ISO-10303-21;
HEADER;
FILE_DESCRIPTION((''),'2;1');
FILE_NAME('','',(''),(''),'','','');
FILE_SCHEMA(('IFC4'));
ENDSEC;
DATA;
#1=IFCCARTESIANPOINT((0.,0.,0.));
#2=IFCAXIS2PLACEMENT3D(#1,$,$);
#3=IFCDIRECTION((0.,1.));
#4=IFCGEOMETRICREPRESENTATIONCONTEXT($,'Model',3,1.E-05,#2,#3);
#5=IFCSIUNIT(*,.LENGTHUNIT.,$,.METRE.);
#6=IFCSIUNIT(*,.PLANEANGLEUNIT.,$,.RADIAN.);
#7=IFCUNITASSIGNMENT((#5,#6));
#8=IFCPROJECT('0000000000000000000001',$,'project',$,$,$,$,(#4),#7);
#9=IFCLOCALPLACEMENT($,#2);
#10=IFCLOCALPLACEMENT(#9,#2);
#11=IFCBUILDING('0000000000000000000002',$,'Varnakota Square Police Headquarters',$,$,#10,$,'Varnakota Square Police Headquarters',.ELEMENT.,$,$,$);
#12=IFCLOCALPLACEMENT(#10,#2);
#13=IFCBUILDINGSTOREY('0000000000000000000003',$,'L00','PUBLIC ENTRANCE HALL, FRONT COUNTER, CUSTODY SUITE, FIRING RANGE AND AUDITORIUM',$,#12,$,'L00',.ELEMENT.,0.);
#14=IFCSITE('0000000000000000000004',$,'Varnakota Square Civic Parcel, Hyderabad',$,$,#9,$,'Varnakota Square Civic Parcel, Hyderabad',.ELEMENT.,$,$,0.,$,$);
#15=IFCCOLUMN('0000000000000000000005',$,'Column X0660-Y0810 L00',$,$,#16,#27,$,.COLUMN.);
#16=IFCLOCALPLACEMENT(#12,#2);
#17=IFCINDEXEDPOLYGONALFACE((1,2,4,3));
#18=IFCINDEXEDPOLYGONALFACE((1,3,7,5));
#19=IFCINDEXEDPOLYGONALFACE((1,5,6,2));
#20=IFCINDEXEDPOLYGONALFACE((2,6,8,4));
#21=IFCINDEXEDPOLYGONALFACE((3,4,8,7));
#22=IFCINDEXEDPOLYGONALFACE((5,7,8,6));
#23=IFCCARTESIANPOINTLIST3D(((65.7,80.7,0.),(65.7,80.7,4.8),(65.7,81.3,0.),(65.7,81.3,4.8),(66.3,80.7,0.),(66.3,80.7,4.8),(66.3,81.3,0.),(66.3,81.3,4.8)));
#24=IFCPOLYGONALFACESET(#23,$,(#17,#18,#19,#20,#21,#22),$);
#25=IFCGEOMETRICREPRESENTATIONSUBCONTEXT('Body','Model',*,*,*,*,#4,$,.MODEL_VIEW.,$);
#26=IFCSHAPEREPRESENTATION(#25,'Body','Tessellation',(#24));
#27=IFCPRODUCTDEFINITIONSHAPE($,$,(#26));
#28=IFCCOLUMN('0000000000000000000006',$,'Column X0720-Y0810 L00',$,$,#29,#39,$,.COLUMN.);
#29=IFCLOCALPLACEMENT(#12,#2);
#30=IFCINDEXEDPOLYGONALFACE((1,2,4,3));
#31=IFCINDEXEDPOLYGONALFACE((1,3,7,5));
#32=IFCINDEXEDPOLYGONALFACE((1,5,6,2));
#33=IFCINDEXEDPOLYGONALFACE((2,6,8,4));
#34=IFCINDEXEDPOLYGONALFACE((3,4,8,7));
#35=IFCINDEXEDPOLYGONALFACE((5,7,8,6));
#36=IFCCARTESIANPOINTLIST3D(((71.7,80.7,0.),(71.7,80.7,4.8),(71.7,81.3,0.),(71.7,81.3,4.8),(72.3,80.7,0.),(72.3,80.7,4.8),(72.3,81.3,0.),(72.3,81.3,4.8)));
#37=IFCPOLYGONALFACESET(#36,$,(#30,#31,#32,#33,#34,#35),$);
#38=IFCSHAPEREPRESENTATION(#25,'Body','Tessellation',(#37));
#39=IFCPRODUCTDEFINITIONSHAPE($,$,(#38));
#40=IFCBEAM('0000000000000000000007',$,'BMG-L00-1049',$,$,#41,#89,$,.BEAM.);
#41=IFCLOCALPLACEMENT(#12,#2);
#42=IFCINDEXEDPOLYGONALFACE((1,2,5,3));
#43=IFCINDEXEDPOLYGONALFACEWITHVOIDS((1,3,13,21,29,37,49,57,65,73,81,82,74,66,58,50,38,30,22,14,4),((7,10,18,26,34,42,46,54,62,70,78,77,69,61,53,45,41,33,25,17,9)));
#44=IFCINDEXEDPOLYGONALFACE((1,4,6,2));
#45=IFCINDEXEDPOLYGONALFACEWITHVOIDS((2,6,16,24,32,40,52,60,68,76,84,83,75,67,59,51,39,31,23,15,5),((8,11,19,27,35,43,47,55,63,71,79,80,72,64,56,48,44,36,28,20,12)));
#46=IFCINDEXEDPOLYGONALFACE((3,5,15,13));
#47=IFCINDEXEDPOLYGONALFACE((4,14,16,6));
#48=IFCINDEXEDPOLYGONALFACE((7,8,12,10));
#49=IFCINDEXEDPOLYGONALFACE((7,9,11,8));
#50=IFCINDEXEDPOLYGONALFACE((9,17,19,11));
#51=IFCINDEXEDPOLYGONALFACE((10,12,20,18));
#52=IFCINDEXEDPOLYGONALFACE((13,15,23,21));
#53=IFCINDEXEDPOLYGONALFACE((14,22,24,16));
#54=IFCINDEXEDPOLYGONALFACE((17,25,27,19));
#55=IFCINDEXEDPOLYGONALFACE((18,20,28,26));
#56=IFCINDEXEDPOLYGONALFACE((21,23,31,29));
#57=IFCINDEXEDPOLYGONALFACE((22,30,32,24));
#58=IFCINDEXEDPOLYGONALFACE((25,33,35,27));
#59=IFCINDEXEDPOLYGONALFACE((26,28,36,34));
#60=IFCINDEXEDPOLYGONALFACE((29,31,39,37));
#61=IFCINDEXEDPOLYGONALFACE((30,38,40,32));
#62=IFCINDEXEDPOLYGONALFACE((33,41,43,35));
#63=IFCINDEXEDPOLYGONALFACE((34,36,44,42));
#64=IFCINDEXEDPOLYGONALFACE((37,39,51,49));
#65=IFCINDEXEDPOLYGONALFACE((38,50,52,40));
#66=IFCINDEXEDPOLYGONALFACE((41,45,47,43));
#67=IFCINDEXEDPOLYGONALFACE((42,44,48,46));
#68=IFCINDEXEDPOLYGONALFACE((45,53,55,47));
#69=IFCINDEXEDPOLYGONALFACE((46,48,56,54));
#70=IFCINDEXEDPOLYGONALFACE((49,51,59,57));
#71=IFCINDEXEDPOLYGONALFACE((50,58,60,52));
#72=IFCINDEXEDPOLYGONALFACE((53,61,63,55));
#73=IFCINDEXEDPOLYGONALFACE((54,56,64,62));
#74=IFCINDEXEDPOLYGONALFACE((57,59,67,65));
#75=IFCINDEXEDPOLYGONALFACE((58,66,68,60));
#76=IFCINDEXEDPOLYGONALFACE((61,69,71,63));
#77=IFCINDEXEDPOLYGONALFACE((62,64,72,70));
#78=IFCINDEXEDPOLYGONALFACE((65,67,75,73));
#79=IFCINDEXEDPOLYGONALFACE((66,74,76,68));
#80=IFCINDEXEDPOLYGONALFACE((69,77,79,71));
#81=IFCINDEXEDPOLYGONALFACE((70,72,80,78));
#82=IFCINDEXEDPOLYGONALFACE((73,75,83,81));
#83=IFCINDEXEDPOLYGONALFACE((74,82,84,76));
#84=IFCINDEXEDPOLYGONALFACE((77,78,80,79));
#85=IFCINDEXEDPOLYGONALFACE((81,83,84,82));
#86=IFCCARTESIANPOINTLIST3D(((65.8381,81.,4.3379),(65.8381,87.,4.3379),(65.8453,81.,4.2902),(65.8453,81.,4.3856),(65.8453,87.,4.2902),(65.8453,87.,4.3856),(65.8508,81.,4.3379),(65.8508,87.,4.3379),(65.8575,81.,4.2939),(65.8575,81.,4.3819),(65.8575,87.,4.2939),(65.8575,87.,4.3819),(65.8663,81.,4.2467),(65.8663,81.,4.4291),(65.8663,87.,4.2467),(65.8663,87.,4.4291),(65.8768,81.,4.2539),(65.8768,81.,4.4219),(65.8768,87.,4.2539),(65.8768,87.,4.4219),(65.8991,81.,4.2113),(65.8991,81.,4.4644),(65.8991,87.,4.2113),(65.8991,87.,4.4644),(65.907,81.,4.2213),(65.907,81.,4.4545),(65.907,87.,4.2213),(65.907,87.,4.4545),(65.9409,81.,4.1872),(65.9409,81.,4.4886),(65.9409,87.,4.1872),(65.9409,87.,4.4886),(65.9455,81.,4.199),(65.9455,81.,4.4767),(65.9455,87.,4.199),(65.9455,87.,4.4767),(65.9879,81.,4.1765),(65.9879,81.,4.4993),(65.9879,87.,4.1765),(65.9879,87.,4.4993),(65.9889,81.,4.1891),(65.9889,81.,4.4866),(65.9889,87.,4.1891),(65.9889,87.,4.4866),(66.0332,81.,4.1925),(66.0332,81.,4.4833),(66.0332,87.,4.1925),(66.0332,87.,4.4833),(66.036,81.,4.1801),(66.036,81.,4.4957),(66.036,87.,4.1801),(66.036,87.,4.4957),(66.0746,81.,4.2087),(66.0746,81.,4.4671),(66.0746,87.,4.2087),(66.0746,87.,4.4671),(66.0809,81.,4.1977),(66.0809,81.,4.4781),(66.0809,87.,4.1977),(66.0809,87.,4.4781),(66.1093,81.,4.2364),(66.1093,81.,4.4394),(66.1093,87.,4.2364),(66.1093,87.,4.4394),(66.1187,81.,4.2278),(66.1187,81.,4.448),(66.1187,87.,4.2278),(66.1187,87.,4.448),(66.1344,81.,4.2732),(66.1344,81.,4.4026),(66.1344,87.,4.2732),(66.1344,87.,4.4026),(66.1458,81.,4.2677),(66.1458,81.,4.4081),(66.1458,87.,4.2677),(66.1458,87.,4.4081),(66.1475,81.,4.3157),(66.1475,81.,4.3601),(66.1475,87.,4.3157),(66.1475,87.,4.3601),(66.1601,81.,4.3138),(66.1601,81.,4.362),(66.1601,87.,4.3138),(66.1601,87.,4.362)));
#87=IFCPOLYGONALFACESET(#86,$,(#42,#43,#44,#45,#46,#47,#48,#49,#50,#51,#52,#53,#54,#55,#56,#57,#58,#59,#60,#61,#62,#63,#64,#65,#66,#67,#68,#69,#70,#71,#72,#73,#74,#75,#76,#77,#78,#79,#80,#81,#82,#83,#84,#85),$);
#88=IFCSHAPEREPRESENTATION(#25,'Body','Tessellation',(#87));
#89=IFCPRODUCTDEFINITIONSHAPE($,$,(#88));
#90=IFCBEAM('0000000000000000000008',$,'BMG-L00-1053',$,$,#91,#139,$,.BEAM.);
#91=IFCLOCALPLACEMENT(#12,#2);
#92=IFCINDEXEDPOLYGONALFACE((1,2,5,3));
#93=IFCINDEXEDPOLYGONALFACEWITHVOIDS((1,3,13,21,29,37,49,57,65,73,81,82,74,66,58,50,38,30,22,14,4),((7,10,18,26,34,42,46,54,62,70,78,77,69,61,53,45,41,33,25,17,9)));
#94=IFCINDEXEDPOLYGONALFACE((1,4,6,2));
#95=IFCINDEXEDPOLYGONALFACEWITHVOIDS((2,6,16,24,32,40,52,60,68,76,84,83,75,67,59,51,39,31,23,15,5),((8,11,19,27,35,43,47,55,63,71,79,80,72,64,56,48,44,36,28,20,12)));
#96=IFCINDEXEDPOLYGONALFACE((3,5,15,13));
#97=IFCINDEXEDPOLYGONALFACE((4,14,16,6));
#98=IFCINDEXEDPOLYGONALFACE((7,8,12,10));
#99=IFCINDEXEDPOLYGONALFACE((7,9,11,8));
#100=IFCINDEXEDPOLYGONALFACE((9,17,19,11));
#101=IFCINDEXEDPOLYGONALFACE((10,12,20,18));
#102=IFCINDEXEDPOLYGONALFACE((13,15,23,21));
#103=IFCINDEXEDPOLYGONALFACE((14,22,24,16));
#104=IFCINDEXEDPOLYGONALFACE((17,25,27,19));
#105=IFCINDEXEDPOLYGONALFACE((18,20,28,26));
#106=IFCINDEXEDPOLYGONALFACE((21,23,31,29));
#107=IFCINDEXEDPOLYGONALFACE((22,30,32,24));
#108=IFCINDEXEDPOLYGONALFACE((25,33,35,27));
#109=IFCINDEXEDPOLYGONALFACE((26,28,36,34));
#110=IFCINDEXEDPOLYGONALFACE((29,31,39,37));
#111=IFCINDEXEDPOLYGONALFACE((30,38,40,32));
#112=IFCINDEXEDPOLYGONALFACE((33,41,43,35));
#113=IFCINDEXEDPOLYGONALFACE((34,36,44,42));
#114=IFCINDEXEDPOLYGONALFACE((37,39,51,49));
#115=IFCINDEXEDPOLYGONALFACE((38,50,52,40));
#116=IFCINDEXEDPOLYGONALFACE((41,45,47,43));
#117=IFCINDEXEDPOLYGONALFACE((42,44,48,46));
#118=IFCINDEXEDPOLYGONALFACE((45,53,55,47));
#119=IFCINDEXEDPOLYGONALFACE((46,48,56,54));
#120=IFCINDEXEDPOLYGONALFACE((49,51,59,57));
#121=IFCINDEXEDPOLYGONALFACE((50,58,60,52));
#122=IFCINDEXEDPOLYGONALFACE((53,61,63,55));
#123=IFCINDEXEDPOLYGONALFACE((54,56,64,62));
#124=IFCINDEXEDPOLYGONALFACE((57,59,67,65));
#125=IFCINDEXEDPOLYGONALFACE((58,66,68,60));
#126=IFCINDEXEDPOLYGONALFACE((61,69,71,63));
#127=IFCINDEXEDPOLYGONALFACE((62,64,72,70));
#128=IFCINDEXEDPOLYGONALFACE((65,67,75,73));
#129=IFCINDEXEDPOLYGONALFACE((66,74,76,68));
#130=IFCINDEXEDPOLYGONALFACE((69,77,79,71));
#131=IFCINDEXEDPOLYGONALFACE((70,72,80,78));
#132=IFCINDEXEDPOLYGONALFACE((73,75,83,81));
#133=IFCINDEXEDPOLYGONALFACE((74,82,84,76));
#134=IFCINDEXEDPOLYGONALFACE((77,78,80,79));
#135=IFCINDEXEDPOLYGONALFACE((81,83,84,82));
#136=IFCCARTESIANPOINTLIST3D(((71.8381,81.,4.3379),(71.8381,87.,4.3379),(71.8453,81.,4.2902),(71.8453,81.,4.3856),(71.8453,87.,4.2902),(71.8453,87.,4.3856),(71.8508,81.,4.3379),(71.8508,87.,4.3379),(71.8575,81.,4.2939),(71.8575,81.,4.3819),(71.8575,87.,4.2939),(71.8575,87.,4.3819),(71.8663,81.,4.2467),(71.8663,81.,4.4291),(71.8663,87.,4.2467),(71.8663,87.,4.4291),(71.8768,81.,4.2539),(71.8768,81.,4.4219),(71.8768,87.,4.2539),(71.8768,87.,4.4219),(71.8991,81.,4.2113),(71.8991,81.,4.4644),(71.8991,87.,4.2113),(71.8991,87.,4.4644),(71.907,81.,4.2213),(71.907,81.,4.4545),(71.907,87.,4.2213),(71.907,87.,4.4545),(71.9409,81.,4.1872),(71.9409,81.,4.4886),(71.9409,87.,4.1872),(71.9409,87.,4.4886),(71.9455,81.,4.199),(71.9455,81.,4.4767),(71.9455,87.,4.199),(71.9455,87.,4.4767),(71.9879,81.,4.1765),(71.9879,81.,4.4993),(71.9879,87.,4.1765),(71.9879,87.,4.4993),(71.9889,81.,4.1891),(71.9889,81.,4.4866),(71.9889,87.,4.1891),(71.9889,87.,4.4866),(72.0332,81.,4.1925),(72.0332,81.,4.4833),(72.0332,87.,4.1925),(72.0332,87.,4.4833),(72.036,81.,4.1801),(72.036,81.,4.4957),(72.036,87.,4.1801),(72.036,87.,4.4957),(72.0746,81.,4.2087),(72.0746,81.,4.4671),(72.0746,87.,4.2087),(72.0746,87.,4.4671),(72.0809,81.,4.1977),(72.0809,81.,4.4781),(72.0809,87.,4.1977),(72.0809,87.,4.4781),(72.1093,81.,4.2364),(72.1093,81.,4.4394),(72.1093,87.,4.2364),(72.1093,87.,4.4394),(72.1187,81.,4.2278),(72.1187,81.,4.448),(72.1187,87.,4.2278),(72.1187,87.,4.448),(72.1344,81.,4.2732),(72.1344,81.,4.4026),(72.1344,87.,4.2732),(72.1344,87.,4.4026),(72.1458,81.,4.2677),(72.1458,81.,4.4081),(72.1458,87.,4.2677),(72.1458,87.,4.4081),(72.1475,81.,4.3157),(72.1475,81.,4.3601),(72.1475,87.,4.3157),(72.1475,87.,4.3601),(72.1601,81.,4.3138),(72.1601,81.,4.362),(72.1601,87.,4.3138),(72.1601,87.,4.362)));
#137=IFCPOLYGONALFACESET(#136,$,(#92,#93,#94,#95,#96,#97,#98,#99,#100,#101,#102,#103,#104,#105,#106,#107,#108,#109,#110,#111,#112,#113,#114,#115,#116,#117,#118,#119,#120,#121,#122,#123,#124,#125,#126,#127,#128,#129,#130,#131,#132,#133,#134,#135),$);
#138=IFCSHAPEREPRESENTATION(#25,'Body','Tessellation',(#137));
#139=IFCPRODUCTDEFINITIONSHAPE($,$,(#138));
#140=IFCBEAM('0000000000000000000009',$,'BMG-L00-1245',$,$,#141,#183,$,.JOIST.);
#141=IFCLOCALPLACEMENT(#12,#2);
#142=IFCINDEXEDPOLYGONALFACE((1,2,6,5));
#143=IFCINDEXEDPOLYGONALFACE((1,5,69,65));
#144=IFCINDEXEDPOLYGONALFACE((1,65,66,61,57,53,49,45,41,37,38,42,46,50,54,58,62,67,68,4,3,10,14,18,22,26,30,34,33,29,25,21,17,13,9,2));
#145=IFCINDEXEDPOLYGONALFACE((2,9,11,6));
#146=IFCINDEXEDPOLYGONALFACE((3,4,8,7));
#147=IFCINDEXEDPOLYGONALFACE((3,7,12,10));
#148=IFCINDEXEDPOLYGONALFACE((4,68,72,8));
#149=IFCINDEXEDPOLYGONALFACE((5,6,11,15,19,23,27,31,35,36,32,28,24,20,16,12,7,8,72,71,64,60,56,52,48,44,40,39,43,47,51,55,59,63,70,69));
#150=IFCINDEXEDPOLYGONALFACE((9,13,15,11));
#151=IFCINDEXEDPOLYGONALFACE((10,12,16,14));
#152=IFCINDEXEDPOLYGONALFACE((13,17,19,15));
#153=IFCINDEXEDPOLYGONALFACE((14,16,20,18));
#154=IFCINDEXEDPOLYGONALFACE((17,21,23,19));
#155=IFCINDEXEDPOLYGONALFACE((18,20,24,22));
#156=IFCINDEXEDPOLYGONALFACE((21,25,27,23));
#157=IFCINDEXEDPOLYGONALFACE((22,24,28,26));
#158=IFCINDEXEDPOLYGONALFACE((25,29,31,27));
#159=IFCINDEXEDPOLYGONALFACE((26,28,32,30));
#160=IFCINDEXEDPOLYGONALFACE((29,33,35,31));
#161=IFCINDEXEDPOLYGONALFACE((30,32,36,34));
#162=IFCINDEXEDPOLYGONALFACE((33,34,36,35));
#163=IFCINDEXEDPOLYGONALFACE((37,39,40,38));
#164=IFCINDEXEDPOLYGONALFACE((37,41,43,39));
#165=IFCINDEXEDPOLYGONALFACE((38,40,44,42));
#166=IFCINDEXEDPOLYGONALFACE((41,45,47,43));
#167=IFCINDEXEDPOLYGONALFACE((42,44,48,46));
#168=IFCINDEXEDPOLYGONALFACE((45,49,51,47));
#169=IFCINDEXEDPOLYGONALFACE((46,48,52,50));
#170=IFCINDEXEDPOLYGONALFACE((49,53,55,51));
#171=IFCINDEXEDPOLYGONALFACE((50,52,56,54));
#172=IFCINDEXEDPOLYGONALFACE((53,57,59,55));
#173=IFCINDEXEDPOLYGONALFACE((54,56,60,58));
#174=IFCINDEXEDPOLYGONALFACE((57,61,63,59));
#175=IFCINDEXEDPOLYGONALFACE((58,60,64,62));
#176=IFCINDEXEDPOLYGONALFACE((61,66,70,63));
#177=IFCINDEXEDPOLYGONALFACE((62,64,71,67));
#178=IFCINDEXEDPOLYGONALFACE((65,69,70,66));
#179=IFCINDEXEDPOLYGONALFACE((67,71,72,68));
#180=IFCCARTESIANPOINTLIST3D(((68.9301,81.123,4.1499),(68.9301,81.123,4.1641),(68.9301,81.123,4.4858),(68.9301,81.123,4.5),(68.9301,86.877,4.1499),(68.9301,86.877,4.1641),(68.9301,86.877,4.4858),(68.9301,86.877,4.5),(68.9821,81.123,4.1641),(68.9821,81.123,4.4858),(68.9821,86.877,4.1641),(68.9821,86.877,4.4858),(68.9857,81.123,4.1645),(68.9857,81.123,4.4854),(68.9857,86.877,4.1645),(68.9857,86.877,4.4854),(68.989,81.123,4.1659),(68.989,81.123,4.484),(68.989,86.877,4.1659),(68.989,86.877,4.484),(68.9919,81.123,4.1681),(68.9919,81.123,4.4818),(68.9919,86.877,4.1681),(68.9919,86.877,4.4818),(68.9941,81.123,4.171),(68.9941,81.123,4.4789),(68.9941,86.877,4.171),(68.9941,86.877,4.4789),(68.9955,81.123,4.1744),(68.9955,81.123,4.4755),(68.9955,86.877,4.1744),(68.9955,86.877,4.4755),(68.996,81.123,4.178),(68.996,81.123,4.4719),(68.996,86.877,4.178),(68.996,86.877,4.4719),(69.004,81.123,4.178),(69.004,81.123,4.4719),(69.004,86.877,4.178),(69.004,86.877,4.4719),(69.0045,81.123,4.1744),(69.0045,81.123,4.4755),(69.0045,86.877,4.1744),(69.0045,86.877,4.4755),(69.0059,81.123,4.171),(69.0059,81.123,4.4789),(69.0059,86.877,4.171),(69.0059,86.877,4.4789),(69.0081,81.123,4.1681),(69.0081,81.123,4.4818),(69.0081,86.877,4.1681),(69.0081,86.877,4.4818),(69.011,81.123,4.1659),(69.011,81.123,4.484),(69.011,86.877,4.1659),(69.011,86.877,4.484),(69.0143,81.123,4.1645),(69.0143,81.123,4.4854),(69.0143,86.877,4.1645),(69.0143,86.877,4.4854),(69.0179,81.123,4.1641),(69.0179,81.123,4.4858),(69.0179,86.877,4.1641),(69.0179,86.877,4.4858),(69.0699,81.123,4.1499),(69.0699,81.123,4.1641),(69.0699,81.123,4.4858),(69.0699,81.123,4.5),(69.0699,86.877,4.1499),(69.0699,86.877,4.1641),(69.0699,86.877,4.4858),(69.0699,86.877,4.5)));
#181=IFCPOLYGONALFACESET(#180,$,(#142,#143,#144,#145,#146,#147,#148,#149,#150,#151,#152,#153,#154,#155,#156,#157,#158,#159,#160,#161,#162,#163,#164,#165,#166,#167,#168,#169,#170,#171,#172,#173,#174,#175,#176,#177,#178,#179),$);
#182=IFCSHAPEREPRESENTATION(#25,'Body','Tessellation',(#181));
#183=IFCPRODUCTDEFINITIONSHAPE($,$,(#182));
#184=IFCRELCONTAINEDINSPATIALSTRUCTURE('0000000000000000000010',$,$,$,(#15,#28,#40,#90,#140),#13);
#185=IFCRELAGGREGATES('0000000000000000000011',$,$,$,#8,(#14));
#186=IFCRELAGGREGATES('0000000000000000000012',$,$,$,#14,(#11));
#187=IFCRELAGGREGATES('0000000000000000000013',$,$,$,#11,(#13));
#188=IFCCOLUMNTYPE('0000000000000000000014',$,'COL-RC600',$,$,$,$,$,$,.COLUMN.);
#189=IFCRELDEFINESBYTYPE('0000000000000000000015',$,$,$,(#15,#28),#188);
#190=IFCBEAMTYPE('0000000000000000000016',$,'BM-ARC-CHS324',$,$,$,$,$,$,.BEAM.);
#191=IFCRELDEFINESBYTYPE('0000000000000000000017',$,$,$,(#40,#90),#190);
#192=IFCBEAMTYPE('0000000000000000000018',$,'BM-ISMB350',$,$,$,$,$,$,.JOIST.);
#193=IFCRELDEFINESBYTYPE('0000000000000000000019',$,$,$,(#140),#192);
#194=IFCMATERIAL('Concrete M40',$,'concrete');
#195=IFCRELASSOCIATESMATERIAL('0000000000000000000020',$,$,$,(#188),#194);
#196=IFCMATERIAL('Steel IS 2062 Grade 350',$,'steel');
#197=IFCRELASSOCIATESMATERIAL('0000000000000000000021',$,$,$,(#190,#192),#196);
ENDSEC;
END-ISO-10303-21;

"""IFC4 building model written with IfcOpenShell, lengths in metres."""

from ifc_helpers import new_model, si_unit, direction, frame, origin, origin_2d, place, context, subcontext, project, spatial, rectangle, hollow_circle, i_section, extrude, material, material_profile, profile_set, type_object, element, save


model = new_model("IFC4")

# Units and contexts
model_context = context("Model", 3, precision=1e-05, world=origin(), true_north=direction((0.0, 1.0)))
body_context = subcontext(model_context, "Body", "Model", "MODEL_VIEW")
ifc_project = project(units=[si_unit("LENGTHUNIT", "METRE"), si_unit("PLANEANGLEUNIT", "RADIAN")], contexts=[model_context])

# Site, building, storey
site_placement = place(None, origin())
site = spatial("IfcSite", under=ifc_project, at=site_placement, Name="Varnakota Square Civic Parcel, Hyderabad", LongName="Varnakota Square Civic Parcel, Hyderabad", CompositionType="ELEMENT", RefElevation=0.0)
building_placement = place(site_placement, origin())
building = spatial("IfcBuilding", under=site, at=building_placement, Name="Varnakota Square Police Headquarters", LongName="Varnakota Square Police Headquarters", CompositionType="ELEMENT")
storey_placement = place(building_placement, origin())
storey = spatial("IfcBuildingStorey", under=building, at=storey_placement, Name="L00", Description="PUBLIC ENTRANCE HALL, FRONT COUNTER, CUSTODY SUITE, FIRING RANGE AND AUDITORIUM", LongName="L00", CompositionType="ELEMENT", Elevation=0.0)

# Columns
ifc_material_1 = material(Name="Concrete M40", Category="concrete")
ifc_material_profile_1 = material_profile(ifc_material_1, rectangle(XDim=0.6001, YDim=0.6001, at=origin_2d()), Name="RC 600x600")
ifc_profile_set_1 = profile_set([ifc_material_profile_1], Name="Concrete M40")
column_type = type_object("IfcColumnType", Name="COL-RC600", PredefinedType="COLUMN", material=ifc_profile_set_1)
for number, where, z_axis, x_axis, name in (
    (1, (66.0, 81.0, 0.0), (0.0, 0.0, 1.0), (1.0, 0.0, 0.0), "Column X0660-Y0810 L00"),
    (2, (72.0, 81.0, 0.0), (0.0, 0.0, 1.0), (1.0, 0.0, 0.0), "Column X0720-Y0810 L00"),
):
    element("IfcColumn", number, at=place(storey_placement, frame(where, z_axis=z_axis, x_axis=x_axis)), inside=storey, type_object=column_type, Name=name, PredefinedType="COLUMN", context=body_context, shape_type="SweptSolid", body=[
        extrude(rectangle(XDim=0.6001, YDim=0.6001, at=origin_2d()), origin(), (0.0, 0.0, 1.0), 4.8),
    ])

# Beams
ifc_material_2 = material(Name="Steel IS 2062 Grade 350", Category="steel")
ifc_material_profile_2 = material_profile(ifc_material_2, hollow_circle(Radius=0.1619, WallThickness=0.0127, at=origin_2d()), Name="CHS 323.9x12.7")
ifc_profile_set_2 = profile_set([ifc_material_profile_2], Name="Steel IS 2062 Grade 350")
beam_type_1 = type_object("IfcBeamType", Name="BM-ARC-CHS324", PredefinedType="BEAM", material=ifc_profile_set_2)
for number, where, z_axis, x_axis, name in (
    (3, (66.0, 81.0, 4.3379), (0.0, 1.0, 0.0), (-1.0, 0.0, 0.0), "BMG-L00-1049"),
    (4, (72.0, 81.0, 4.3379), (0.0, 1.0, 0.0), (-1.0, 0.0, 0.0), "BMG-L00-1053"),
):
    element("IfcBeam", number, at=place(storey_placement, frame(where, z_axis=z_axis, x_axis=x_axis)), inside=storey, type_object=beam_type_1, Name=name, PredefinedType="BEAM", context=body_context, shape_type="SweptSolid", body=[
        extrude(hollow_circle(Radius=0.1619, WallThickness=0.0127, at=origin_2d()), origin(), (0.0, 0.0, 1.0), 6.0),
    ])
ifc_material_profile_3 = material_profile(ifc_material_2, i_section(OverallWidth=0.1399, OverallDepth=0.3501, WebThickness=0.0081, FlangeThickness=0.0142, FilletRadius=0.0139, at=origin_2d()), Name="ISMB 350")
ifc_profile_set_3 = profile_set([ifc_material_profile_3], Name="Steel IS 2062 Grade 350")
beam_type_2 = type_object("IfcBeamType", Name="BM-ISMB350", PredefinedType="JOIST", material=ifc_profile_set_3)
beam_1_placement = place(storey_placement, frame((69.0, 81.123, 4.325), z_axis=(0.0, 1.0, 0.0), x_axis=(-1.0, 0.0, 0.0)))
element("IfcBeam", 5, at=beam_1_placement, inside=storey, type_object=beam_type_2, Name="BMG-L00-1245", PredefinedType="JOIST", context=body_context, shape_type="SweptSolid", body=[
    extrude(i_section(OverallWidth=0.1399, OverallDepth=0.3501, WebThickness=0.0081, FlangeThickness=0.0142, FilletRadius=0.0139, at=origin_2d()), origin(), (0.0, 0.0, 1.0), 5.7539),
])

save(model, "model.ifc")
